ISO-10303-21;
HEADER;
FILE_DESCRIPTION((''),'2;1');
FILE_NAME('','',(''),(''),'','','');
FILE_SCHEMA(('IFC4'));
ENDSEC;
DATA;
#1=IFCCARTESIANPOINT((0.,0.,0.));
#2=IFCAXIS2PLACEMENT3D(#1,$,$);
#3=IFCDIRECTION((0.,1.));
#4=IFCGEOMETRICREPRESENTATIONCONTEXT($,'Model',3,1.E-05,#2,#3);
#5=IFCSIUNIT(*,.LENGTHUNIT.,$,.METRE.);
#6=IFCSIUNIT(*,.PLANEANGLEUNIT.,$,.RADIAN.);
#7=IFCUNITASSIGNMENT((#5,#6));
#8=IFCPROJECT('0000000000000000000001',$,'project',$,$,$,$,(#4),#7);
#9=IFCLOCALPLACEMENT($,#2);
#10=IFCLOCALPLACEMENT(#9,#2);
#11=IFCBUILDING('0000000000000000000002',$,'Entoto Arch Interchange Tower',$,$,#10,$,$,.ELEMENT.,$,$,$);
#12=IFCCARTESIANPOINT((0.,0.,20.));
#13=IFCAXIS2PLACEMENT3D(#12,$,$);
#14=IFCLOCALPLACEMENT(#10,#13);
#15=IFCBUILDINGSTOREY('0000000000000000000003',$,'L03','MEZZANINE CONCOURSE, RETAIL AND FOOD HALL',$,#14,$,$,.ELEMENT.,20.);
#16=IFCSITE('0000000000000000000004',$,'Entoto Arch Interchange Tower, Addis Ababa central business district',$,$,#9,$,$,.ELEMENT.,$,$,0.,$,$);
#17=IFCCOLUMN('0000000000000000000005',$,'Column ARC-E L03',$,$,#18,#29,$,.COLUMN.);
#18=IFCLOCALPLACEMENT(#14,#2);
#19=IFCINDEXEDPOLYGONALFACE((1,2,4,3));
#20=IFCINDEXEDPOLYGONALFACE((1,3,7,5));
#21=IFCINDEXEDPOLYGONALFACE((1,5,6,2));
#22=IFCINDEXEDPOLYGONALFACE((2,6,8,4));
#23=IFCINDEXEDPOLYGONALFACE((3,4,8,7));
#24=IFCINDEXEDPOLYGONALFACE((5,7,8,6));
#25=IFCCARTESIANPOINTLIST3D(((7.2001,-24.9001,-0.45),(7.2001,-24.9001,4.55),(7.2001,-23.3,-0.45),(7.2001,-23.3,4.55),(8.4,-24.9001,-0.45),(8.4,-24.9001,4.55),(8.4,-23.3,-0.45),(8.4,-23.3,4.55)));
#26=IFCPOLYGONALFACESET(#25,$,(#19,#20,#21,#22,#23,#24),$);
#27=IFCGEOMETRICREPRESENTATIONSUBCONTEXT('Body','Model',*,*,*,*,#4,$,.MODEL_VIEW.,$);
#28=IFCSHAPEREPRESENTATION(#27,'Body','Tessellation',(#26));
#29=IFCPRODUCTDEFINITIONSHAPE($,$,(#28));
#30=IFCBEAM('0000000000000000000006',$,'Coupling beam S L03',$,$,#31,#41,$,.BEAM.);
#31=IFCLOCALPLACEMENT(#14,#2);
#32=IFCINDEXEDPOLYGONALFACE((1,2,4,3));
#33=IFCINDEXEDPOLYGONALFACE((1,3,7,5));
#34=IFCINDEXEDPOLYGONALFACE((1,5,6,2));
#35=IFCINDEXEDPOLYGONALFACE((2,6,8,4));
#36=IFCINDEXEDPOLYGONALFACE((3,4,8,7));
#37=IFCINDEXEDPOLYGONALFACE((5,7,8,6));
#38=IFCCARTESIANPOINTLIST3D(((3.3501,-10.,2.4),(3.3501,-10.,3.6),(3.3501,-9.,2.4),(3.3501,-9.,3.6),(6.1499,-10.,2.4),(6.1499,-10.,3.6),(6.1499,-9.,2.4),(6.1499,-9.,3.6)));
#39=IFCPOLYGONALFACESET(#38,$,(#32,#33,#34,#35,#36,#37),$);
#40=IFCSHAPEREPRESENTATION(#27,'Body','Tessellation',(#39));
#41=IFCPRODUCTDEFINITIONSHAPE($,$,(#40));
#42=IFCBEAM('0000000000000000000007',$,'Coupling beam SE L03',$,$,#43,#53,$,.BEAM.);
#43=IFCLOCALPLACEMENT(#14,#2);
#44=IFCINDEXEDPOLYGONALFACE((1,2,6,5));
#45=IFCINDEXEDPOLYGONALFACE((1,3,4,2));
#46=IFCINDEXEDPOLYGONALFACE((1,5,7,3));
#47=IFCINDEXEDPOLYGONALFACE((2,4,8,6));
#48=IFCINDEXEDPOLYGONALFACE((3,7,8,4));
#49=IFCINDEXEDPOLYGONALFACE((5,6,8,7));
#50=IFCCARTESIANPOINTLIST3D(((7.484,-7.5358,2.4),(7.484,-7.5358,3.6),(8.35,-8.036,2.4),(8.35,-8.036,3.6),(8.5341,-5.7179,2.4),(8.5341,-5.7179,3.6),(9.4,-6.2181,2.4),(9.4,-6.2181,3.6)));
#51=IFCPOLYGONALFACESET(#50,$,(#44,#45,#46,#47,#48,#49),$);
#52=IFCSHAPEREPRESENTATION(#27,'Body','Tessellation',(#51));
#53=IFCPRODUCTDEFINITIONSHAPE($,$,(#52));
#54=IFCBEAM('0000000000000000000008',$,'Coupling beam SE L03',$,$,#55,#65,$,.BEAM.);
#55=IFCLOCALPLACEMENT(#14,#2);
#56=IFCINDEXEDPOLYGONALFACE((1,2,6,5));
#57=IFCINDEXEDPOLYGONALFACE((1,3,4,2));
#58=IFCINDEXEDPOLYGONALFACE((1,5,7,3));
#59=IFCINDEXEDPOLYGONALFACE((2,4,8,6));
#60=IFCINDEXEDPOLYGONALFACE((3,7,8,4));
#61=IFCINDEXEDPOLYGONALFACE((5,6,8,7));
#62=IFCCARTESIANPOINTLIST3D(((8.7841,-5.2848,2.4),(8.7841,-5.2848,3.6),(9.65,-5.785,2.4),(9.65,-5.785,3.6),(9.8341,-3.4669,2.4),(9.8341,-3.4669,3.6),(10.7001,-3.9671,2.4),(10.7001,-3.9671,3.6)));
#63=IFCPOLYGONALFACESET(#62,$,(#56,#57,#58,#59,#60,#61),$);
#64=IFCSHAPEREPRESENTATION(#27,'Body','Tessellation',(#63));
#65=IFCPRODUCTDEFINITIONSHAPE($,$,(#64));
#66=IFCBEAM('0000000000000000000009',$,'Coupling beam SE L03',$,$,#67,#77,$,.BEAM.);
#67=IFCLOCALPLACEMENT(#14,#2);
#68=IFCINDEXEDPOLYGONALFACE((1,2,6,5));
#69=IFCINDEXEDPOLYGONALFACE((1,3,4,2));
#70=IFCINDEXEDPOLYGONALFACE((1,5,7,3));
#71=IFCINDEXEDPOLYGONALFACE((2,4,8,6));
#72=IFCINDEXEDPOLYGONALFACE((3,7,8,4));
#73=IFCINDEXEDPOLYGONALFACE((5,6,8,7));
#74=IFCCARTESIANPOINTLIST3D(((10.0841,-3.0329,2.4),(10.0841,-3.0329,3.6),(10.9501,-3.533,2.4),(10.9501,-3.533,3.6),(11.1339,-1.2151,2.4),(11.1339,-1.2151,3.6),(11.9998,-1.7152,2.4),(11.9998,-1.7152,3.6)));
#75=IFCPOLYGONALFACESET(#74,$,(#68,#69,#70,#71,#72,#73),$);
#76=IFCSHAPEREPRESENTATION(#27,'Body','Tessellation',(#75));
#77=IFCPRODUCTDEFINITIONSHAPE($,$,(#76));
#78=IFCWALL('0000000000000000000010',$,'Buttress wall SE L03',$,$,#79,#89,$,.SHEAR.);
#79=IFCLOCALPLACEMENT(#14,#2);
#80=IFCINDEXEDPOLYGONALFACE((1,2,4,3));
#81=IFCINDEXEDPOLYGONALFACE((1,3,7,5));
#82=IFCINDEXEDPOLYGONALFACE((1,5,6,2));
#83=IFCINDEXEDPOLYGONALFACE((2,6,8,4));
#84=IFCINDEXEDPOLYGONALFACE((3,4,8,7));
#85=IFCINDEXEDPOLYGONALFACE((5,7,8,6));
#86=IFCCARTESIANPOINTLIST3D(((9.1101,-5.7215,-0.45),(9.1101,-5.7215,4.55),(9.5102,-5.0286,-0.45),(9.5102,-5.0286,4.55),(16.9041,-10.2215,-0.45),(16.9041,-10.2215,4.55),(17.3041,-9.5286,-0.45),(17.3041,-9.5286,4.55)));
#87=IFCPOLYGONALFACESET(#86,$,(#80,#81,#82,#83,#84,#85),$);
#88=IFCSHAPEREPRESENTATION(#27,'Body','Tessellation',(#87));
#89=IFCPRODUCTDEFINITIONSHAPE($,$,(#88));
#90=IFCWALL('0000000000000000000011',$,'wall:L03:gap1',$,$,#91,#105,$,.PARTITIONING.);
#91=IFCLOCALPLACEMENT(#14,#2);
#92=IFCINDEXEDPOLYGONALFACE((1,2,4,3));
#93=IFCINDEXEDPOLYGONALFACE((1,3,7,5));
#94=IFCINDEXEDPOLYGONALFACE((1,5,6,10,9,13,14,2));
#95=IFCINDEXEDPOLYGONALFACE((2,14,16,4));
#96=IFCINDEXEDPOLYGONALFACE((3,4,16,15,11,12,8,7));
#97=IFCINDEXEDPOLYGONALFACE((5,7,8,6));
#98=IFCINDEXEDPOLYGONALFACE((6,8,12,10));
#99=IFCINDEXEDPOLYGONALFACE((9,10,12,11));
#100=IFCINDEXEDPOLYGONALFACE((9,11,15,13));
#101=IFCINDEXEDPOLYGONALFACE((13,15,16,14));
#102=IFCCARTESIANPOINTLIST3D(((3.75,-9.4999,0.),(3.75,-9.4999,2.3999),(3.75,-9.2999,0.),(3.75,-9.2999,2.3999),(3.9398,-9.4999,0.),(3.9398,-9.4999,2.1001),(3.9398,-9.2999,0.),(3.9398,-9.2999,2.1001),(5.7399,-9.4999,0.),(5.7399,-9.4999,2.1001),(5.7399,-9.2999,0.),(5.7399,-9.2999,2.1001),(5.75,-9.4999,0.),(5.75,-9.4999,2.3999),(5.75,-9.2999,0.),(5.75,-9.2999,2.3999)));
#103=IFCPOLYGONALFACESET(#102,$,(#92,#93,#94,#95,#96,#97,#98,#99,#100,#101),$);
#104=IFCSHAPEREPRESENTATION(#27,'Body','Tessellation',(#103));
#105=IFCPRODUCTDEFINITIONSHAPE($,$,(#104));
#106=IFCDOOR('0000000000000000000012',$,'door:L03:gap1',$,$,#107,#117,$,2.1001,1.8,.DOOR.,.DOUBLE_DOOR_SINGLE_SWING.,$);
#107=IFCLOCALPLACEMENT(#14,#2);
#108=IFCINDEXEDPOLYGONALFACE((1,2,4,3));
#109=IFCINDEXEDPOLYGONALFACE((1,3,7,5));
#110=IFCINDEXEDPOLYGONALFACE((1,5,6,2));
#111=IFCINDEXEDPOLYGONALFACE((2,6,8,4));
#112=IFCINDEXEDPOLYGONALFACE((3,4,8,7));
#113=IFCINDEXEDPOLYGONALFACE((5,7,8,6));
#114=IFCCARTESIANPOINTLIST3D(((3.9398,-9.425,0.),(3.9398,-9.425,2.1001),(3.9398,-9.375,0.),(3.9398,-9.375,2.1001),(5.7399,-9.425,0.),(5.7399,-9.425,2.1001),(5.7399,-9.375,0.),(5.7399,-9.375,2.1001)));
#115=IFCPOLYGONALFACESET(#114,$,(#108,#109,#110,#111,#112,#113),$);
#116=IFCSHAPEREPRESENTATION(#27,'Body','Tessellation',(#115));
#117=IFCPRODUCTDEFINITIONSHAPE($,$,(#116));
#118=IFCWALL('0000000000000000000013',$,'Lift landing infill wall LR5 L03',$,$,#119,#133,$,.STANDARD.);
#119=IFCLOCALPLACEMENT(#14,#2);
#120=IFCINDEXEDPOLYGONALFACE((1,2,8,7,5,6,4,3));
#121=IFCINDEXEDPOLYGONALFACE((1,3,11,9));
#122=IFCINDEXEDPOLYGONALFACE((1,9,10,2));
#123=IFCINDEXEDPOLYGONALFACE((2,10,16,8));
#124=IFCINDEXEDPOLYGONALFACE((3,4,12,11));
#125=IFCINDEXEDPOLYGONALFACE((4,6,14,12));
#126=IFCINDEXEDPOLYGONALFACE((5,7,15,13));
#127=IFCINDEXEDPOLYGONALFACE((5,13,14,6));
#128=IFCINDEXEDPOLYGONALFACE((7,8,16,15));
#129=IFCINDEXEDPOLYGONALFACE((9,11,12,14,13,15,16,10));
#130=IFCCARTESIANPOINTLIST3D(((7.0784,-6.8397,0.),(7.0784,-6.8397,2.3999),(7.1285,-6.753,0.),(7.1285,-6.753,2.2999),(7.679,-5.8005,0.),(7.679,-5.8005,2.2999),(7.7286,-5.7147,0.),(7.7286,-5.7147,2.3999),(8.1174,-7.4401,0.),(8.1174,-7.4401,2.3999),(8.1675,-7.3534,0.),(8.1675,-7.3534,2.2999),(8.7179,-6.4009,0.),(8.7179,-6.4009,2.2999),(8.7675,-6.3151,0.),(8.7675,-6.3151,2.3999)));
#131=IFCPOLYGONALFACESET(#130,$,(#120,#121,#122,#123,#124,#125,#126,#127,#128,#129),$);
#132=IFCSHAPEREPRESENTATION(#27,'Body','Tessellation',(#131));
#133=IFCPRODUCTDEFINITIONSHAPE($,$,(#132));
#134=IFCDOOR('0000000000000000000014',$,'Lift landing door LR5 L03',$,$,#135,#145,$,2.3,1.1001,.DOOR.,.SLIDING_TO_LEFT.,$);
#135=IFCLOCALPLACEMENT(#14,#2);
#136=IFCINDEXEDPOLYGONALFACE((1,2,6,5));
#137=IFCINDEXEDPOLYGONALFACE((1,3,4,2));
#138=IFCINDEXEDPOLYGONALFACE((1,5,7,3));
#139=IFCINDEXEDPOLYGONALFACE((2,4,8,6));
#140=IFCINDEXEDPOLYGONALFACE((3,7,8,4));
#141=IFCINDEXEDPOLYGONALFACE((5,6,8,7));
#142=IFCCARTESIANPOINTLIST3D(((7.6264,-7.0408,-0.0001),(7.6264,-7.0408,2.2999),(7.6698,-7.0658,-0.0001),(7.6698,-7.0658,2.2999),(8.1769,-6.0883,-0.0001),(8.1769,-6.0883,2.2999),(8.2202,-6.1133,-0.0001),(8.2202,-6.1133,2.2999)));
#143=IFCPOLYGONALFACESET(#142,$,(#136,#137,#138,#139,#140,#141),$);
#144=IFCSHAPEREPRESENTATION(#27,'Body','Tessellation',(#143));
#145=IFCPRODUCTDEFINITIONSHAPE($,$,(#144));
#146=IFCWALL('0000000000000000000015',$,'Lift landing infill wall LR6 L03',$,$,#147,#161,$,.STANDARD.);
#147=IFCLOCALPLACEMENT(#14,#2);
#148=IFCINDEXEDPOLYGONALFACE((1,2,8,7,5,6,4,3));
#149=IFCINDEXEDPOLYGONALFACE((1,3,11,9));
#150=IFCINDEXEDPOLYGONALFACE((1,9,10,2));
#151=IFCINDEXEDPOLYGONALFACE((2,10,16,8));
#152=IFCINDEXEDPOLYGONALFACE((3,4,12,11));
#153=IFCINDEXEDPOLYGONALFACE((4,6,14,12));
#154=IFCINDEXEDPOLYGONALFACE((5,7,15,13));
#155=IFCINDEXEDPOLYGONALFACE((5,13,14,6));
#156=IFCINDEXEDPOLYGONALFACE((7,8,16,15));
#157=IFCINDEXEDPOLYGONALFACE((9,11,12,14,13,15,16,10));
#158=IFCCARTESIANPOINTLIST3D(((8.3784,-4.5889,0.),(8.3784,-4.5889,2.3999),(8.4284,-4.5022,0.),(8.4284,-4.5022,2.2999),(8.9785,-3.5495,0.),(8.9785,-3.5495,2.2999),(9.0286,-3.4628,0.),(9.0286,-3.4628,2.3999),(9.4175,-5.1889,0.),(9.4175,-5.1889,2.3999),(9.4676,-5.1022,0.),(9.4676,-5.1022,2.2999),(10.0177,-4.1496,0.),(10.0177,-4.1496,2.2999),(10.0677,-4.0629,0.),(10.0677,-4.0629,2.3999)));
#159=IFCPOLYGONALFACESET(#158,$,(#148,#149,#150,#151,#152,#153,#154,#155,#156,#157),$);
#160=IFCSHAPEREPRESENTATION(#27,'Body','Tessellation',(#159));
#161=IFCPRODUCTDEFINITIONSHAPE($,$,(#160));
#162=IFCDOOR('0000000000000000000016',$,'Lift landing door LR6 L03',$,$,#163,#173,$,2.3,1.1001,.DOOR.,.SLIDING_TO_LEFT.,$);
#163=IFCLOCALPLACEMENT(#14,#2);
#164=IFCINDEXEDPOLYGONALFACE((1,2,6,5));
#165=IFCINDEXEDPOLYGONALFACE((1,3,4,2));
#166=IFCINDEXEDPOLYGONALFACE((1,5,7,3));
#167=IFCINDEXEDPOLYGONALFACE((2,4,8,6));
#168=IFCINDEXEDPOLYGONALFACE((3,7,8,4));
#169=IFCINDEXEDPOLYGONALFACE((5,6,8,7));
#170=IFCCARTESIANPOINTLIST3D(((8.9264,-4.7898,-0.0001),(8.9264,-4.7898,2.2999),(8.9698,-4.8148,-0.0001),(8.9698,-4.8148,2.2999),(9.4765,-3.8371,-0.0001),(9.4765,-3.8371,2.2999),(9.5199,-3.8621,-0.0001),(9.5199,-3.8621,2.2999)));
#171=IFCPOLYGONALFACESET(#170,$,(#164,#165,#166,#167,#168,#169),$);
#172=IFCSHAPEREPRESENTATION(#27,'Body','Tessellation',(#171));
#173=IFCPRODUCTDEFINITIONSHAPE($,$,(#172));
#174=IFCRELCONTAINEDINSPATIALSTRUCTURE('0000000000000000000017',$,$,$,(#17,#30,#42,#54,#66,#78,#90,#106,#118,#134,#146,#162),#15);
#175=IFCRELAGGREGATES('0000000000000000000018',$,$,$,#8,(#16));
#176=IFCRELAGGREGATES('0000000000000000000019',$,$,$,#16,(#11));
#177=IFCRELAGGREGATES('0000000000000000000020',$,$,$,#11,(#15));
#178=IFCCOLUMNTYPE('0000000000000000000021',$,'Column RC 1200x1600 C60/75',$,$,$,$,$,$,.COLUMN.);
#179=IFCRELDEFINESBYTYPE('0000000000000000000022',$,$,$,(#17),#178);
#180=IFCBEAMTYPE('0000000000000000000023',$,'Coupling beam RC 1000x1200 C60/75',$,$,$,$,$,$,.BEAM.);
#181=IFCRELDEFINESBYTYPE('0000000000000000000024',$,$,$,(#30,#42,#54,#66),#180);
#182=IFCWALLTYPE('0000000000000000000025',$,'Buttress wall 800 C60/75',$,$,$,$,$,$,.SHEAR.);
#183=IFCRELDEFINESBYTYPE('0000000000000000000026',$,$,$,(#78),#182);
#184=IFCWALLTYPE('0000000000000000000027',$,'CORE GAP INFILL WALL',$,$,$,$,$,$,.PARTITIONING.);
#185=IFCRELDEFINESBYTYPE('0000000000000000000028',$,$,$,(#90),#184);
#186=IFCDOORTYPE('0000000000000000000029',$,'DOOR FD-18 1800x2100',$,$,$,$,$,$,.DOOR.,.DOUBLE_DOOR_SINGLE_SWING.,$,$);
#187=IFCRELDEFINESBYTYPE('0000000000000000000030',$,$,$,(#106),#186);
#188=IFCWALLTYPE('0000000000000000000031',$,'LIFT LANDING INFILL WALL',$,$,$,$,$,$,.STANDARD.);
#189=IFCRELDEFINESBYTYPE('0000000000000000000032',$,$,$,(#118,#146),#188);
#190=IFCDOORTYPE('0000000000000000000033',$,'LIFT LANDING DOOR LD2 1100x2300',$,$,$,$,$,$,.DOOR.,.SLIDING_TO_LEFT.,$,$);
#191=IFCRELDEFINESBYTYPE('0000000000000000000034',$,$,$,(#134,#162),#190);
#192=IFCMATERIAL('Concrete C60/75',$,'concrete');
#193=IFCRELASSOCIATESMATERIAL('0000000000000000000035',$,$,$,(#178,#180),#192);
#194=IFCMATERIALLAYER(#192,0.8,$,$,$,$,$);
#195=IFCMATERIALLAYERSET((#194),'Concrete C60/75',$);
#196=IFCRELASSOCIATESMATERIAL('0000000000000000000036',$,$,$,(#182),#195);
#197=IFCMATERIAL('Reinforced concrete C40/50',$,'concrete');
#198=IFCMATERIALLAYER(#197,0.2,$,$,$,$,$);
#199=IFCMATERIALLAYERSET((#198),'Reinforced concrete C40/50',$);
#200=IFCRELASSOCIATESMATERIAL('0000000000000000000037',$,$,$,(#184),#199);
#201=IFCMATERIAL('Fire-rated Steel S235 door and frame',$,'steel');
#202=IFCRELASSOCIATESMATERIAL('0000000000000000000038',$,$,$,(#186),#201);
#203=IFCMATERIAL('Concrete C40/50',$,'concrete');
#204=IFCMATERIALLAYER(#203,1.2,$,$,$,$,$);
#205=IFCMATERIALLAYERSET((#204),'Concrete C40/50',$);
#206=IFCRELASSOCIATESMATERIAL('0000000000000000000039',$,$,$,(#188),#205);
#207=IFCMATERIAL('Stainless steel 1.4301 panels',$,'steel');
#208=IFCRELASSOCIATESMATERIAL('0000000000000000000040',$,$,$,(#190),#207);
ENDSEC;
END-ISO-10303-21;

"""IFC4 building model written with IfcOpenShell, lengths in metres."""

from ifc_helpers import new_model, si_unit, direction, frame, frame_2d, origin, origin_2d, place, context, subcontext, project, spatial, rectangle, extrude, material, layer, layer_set, material_profile, profile_set, type_object, element, fill, save


model = new_model("IFC4")

# Units and contexts
model_context = context("Model", 3, precision=1e-05, world=origin(), true_north=direction((0.0, 1.0)))
body_context = subcontext(model_context, "Body", "Model", "MODEL_VIEW")
ifc_project = project(units=[si_unit("LENGTHUNIT", "METRE"), si_unit("PLANEANGLEUNIT", "RADIAN")], contexts=[model_context])

# Site, building, storey
site_placement = place(None, origin())
site = spatial("IfcSite", under=ifc_project, at=site_placement, Name="Entoto Arch Interchange Tower, Addis Ababa central business district", CompositionType="ELEMENT", RefElevation=0.0)
building_placement = place(site_placement, origin())
building = spatial("IfcBuilding", under=site, at=building_placement, Name="Entoto Arch Interchange Tower", CompositionType="ELEMENT")
storey_placement = place(building_placement, frame((0.0, 0.0, 20.0)))
storey = spatial("IfcBuildingStorey", under=building, at=storey_placement, Name="L03", Description="MEZZANINE CONCOURSE, RETAIL AND FOOD HALL", CompositionType="ELEMENT", Elevation=20.0)

# Column
ifc_material_1 = material(Name="Concrete C60/75", Category="concrete")
ifc_material_profile_1 = material_profile(ifc_material_1, rectangle(XDim=1.2, YDim=1.6001, at=origin_2d()))
ifc_profile_set_1 = profile_set([ifc_material_profile_1], Name="Concrete C60/75")
column_type = type_object("IfcColumnType", Name="Column RC 1200x1600 C60/75", PredefinedType="COLUMN", material=ifc_profile_set_1)
column_placement = place(storey_placement, frame((7.8, -24.1001, -0.45), z_axis=(0.0, 0.0, 1.0), x_axis=(1.0, 0.0, 0.0)))
element("IfcColumn", 1, at=column_placement, inside=storey, type_object=column_type, Name="Column ARC-E L03", PredefinedType="COLUMN", context=body_context, shape_type="SweptSolid", body=[
    extrude(rectangle(XDim=1.2, YDim=1.6001, at=origin_2d()), origin(), (0.0, 0.0, 1.0), 5.0),
])

# Beams
ifc_material_profile_2 = material_profile(ifc_material_1, rectangle(XDim=1.0, YDim=1.2, at=origin_2d()))
ifc_profile_set_2 = profile_set([ifc_material_profile_2], Name="Concrete C60/75")
beam_type = type_object("IfcBeamType", Name="Coupling beam RC 1000x1200 C60/75", PredefinedType="BEAM", material=ifc_profile_set_2)
beam_1_placement = place(storey_placement, frame((3.3501, -9.5, 3.0), z_axis=(1.0, 0.0, 0.0), x_axis=(0.0, 1.0, 0.0)))
element("IfcBeam", 2, at=beam_1_placement, inside=storey, type_object=beam_type, Name="Coupling beam S L03", PredefinedType="BEAM", context=body_context, shape_type="SweptSolid", body=[
    extrude(rectangle(XDim=1.0, YDim=1.2, at=origin_2d()), origin(), (0.0, 0.0, 1.0), 2.7998),
])
for number, where, z_axis, x_axis, name in (
    (3, (7.917, -7.7859, 3.0), (0.500179, 0.865922, 0.0), (-0.865922, 0.500179, 0.0), "Coupling beam SE L03"),
    (4, (9.217, -5.5349, 3.0), (0.500179, 0.865922, 0.0), (-0.865922, 0.500179, 0.0), "Coupling beam SE L03"),
):
    element("IfcBeam", number, at=place(storey_placement, frame(where, z_axis=z_axis, x_axis=x_axis)), inside=storey, type_object=beam_type, Name=name, PredefinedType="BEAM", context=body_context, shape_type="SweptSolid", body=[
        extrude(rectangle(XDim=1.0, YDim=1.2, at=origin_2d()), origin(), (0.0, 0.0, 1.0), 2.0994),
    ])
beam_2_placement = place(storey_placement, frame((10.5171, -3.283, 3.0), z_axis=(0.500092, 0.865973, 0.0), x_axis=(-0.865973, 0.500092, 0.0)))
element("IfcBeam", 5, at=beam_2_placement, inside=storey, type_object=beam_type, Name="Coupling beam SE L03", PredefinedType="BEAM", context=body_context, shape_type="SweptSolid", body=[
    extrude(rectangle(XDim=1.0, YDim=1.2, at=origin_2d()), origin(), (0.0, 0.0, 1.0), 2.0991),
])

# Wall
ifc_layer_1 = layer(ifc_material_1, 0.8)
ifc_layer_set_1 = layer_set([ifc_layer_1], Name="Concrete C60/75")
wall_type_1 = type_object("IfcWallType", Name="Buttress wall 800 C60/75", PredefinedType="SHEAR", material=ifc_layer_set_1)
wall_1_placement = place(storey_placement, frame((9.3101, -5.375, -0.45), z_axis=(0.0, 0.0, 1.0), x_axis=(0.866018, -0.500014, 0.0)))
element("IfcWall", 6, at=wall_1_placement, inside=storey, type_object=wall_type_1, Name="Buttress wall SE L03", PredefinedType="SHEAR", context=body_context, shape_type="SweptSolid", body=[
    extrude(rectangle(XDim=8.9998, YDim=0.8, at=frame_2d((4.5, 0.0))), origin(), (0.0, 0.0, 1.0), 5.0),
])

# Walls, openings, doors
ifc_material_2 = material(Name="Reinforced concrete C40/50", Category="concrete")
ifc_layer_2 = layer(ifc_material_2, 0.2)
ifc_layer_set_2 = layer_set([ifc_layer_2], Name="Reinforced concrete C40/50")
wall_type_2 = type_object("IfcWallType", Name="CORE GAP INFILL WALL", PredefinedType="PARTITIONING", material=ifc_layer_set_2)
wall_2_placement = place(storey_placement, frame((3.75, -9.3999, 0.0), z_axis=(0.0, 0.0, 1.0), x_axis=(1.0, 0.0, 0.0)))
wall_2 = element("IfcWall", 7, at=wall_2_placement, inside=storey, type_object=wall_type_2, Name="wall:L03:gap1", PredefinedType="PARTITIONING", context=body_context, shape_type="SweptSolid", body=[
    extrude(rectangle(XDim=2.0, YDim=0.2, at=frame_2d((1.0, 0.0))), origin(), (0.0, 0.0, 1.0), 2.3999),
])
opening_1_placement = place(wall_2_placement, frame((0.1899, 0.0, 0.0)))
opening_1 = element("IfcOpeningElement", 8, at=opening_1_placement, cuts=wall_2, PredefinedType="OPENING", context=body_context, shape_type="SweptSolid", body=[
    extrude(rectangle(XDim=1.8, YDim=2.1001, at=frame_2d((0.8999, 1.05))), frame((0.0, 0.1099, 0.0), z_axis=(0.0, -1.0, 0.0), x_axis=(1.0, 0.0, 0.0)), (0.0, 0.0, 1.0), 0.22),
])
ifc_material_3 = material(Name="Fire-rated Steel S235 door and frame", Category="steel")
door_type_1 = type_object("IfcDoorType", Name="DOOR FD-18 1800x2100", OperationType="DOUBLE_DOOR_SINGLE_SWING", PredefinedType="DOOR", material=ifc_material_3)
door_1_placement = place(opening_1_placement, origin())
door_1 = element("IfcDoor", 9, at=door_1_placement, inside=storey, type_object=door_type_1, Name="door:L03:gap1", OperationType="DOUBLE_DOOR_SINGLE_SWING", OverallHeight=2.1001, OverallWidth=1.8, PredefinedType="DOOR", context=body_context, shape_type="SweptSolid", body=[
    extrude(rectangle(XDim=1.8, YDim=2.1001, at=frame_2d((0.8999, 1.05))), frame((0.0, 0.0249, 0.0), z_axis=(0.0, -1.0, 0.0), x_axis=(1.0, 0.0, 0.0)), (0.0, 0.0, 1.0), 0.05),
])
fill(opening_1, door_1)
ifc_material_4 = material(Name="Concrete C40/50", Category="concrete")
ifc_layer_3 = layer(ifc_material_4, 1.2)
ifc_layer_set_3 = layer_set([ifc_layer_3], Name="Concrete C40/50")
wall_type_3 = type_object("IfcWallType", Name="LIFT LANDING INFILL WALL", PredefinedType="STANDARD", material=ifc_layer_set_3)
wall_3_placement = place(storey_placement, frame((7.5979, -7.1399, 0.0), z_axis=(0.0, 0.0, 1.0), x_axis=(0.500362, 0.865816, 0.0)))
wall_3 = element("IfcWall", 10, at=wall_3_placement, inside=storey, type_object=wall_type_3, Name="Lift landing infill wall LR5 L03", PredefinedType="STANDARD", context=body_context, shape_type="SweptSolid", body=[
    extrude(rectangle(XDim=1.2993, YDim=1.2, at=frame_2d((0.6497, 0.0))), origin(), (0.0, 0.0, 1.0), 2.3999),
])
opening_2_placement = place(wall_3_placement, frame((0.1001, 0.0, 0.0)))
opening_2 = element("IfcOpeningElement", 11, at=opening_2_placement, cuts=wall_3, PredefinedType="OPENING", context=body_context, shape_type="SweptSolid", body=[
    extrude(rectangle(XDim=1.1001, YDim=2.3, at=frame_2d((0.55, 1.1499))), frame((0.0, 0.6099, 0.0), z_axis=(0.0, -1.0, 0.0), x_axis=(1.0, 0.0, 0.0)), (0.0, 0.0, 1.0), 1.22),
])
ifc_material_5 = material(Name="Stainless steel 1.4301 panels", Category="steel")
door_type_2 = type_object("IfcDoorType", Name="LIFT LANDING DOOR LD2 1100x2300", OperationType="SLIDING_TO_LEFT", PredefinedType="DOOR", material=ifc_material_5)
door_2_placement = place(opening_2_placement, origin())
door_2 = element("IfcDoor", 12, at=door_2_placement, inside=storey, type_object=door_type_2, Name="Lift landing door LR5 L03", OperationType="SLIDING_TO_LEFT", OverallHeight=2.3, OverallWidth=1.1001, PredefinedType="DOOR", context=body_context, shape_type="SweptSolid", body=[
    extrude(rectangle(XDim=1.1001, YDim=2.3, at=frame_2d((0.55, 1.1499))), frame((0.0, 0.0249, 0.0), z_axis=(0.0, -1.0, 0.0), x_axis=(1.0, 0.0, 0.0)), (0.0, 0.0, 1.0), 0.05),
])
fill(opening_2, door_2)
wall_4_placement = place(storey_placement, frame((8.8979, -4.8889, 0.0), z_axis=(0.0, 0.0, 1.0), x_axis=(0.500037, 0.866004, 0.0)))
wall_4 = element("IfcWall", 13, at=wall_4_placement, inside=storey, type_object=wall_type_3, Name="Lift landing infill wall LR6 L03", PredefinedType="STANDARD", context=body_context, shape_type="SweptSolid", body=[
    extrude(rectangle(XDim=1.3003, YDim=1.2, at=frame_2d((0.6501, 0.0))), origin(), (0.0, 0.0, 1.0), 2.3999),
])
opening_3_placement = place(wall_4_placement, frame((0.1001, 0.0, 0.0)))
opening_3 = element("IfcOpeningElement", 14, at=opening_3_placement, cuts=wall_4, PredefinedType="OPENING", context=body_context, shape_type="SweptSolid", body=[
    extrude(rectangle(XDim=1.1001, YDim=2.3, at=frame_2d((0.55, 1.1499))), frame((0.0, 0.6099, 0.0), z_axis=(0.0, -1.0, 0.0), x_axis=(1.0, 0.0, 0.0)), (0.0, 0.0, 1.0), 1.22),
])
door_3_placement = place(opening_3_placement, origin())
door_3 = element("IfcDoor", 15, at=door_3_placement, inside=storey, type_object=door_type_2, Name="Lift landing door LR6 L03", OperationType="SLIDING_TO_LEFT", OverallHeight=2.3, OverallWidth=1.1001, PredefinedType="DOOR", context=body_context, shape_type="SweptSolid", body=[
    extrude(rectangle(XDim=1.1001, YDim=2.3, at=frame_2d((0.55, 1.1499))), frame((0.0, 0.0249, 0.0), z_axis=(0.0, -1.0, 0.0), x_axis=(1.0, 0.0, 0.0)), (0.0, 0.0, 1.0), 0.05),
])
fill(opening_3, door_3)

save(model, "model.ifc")
